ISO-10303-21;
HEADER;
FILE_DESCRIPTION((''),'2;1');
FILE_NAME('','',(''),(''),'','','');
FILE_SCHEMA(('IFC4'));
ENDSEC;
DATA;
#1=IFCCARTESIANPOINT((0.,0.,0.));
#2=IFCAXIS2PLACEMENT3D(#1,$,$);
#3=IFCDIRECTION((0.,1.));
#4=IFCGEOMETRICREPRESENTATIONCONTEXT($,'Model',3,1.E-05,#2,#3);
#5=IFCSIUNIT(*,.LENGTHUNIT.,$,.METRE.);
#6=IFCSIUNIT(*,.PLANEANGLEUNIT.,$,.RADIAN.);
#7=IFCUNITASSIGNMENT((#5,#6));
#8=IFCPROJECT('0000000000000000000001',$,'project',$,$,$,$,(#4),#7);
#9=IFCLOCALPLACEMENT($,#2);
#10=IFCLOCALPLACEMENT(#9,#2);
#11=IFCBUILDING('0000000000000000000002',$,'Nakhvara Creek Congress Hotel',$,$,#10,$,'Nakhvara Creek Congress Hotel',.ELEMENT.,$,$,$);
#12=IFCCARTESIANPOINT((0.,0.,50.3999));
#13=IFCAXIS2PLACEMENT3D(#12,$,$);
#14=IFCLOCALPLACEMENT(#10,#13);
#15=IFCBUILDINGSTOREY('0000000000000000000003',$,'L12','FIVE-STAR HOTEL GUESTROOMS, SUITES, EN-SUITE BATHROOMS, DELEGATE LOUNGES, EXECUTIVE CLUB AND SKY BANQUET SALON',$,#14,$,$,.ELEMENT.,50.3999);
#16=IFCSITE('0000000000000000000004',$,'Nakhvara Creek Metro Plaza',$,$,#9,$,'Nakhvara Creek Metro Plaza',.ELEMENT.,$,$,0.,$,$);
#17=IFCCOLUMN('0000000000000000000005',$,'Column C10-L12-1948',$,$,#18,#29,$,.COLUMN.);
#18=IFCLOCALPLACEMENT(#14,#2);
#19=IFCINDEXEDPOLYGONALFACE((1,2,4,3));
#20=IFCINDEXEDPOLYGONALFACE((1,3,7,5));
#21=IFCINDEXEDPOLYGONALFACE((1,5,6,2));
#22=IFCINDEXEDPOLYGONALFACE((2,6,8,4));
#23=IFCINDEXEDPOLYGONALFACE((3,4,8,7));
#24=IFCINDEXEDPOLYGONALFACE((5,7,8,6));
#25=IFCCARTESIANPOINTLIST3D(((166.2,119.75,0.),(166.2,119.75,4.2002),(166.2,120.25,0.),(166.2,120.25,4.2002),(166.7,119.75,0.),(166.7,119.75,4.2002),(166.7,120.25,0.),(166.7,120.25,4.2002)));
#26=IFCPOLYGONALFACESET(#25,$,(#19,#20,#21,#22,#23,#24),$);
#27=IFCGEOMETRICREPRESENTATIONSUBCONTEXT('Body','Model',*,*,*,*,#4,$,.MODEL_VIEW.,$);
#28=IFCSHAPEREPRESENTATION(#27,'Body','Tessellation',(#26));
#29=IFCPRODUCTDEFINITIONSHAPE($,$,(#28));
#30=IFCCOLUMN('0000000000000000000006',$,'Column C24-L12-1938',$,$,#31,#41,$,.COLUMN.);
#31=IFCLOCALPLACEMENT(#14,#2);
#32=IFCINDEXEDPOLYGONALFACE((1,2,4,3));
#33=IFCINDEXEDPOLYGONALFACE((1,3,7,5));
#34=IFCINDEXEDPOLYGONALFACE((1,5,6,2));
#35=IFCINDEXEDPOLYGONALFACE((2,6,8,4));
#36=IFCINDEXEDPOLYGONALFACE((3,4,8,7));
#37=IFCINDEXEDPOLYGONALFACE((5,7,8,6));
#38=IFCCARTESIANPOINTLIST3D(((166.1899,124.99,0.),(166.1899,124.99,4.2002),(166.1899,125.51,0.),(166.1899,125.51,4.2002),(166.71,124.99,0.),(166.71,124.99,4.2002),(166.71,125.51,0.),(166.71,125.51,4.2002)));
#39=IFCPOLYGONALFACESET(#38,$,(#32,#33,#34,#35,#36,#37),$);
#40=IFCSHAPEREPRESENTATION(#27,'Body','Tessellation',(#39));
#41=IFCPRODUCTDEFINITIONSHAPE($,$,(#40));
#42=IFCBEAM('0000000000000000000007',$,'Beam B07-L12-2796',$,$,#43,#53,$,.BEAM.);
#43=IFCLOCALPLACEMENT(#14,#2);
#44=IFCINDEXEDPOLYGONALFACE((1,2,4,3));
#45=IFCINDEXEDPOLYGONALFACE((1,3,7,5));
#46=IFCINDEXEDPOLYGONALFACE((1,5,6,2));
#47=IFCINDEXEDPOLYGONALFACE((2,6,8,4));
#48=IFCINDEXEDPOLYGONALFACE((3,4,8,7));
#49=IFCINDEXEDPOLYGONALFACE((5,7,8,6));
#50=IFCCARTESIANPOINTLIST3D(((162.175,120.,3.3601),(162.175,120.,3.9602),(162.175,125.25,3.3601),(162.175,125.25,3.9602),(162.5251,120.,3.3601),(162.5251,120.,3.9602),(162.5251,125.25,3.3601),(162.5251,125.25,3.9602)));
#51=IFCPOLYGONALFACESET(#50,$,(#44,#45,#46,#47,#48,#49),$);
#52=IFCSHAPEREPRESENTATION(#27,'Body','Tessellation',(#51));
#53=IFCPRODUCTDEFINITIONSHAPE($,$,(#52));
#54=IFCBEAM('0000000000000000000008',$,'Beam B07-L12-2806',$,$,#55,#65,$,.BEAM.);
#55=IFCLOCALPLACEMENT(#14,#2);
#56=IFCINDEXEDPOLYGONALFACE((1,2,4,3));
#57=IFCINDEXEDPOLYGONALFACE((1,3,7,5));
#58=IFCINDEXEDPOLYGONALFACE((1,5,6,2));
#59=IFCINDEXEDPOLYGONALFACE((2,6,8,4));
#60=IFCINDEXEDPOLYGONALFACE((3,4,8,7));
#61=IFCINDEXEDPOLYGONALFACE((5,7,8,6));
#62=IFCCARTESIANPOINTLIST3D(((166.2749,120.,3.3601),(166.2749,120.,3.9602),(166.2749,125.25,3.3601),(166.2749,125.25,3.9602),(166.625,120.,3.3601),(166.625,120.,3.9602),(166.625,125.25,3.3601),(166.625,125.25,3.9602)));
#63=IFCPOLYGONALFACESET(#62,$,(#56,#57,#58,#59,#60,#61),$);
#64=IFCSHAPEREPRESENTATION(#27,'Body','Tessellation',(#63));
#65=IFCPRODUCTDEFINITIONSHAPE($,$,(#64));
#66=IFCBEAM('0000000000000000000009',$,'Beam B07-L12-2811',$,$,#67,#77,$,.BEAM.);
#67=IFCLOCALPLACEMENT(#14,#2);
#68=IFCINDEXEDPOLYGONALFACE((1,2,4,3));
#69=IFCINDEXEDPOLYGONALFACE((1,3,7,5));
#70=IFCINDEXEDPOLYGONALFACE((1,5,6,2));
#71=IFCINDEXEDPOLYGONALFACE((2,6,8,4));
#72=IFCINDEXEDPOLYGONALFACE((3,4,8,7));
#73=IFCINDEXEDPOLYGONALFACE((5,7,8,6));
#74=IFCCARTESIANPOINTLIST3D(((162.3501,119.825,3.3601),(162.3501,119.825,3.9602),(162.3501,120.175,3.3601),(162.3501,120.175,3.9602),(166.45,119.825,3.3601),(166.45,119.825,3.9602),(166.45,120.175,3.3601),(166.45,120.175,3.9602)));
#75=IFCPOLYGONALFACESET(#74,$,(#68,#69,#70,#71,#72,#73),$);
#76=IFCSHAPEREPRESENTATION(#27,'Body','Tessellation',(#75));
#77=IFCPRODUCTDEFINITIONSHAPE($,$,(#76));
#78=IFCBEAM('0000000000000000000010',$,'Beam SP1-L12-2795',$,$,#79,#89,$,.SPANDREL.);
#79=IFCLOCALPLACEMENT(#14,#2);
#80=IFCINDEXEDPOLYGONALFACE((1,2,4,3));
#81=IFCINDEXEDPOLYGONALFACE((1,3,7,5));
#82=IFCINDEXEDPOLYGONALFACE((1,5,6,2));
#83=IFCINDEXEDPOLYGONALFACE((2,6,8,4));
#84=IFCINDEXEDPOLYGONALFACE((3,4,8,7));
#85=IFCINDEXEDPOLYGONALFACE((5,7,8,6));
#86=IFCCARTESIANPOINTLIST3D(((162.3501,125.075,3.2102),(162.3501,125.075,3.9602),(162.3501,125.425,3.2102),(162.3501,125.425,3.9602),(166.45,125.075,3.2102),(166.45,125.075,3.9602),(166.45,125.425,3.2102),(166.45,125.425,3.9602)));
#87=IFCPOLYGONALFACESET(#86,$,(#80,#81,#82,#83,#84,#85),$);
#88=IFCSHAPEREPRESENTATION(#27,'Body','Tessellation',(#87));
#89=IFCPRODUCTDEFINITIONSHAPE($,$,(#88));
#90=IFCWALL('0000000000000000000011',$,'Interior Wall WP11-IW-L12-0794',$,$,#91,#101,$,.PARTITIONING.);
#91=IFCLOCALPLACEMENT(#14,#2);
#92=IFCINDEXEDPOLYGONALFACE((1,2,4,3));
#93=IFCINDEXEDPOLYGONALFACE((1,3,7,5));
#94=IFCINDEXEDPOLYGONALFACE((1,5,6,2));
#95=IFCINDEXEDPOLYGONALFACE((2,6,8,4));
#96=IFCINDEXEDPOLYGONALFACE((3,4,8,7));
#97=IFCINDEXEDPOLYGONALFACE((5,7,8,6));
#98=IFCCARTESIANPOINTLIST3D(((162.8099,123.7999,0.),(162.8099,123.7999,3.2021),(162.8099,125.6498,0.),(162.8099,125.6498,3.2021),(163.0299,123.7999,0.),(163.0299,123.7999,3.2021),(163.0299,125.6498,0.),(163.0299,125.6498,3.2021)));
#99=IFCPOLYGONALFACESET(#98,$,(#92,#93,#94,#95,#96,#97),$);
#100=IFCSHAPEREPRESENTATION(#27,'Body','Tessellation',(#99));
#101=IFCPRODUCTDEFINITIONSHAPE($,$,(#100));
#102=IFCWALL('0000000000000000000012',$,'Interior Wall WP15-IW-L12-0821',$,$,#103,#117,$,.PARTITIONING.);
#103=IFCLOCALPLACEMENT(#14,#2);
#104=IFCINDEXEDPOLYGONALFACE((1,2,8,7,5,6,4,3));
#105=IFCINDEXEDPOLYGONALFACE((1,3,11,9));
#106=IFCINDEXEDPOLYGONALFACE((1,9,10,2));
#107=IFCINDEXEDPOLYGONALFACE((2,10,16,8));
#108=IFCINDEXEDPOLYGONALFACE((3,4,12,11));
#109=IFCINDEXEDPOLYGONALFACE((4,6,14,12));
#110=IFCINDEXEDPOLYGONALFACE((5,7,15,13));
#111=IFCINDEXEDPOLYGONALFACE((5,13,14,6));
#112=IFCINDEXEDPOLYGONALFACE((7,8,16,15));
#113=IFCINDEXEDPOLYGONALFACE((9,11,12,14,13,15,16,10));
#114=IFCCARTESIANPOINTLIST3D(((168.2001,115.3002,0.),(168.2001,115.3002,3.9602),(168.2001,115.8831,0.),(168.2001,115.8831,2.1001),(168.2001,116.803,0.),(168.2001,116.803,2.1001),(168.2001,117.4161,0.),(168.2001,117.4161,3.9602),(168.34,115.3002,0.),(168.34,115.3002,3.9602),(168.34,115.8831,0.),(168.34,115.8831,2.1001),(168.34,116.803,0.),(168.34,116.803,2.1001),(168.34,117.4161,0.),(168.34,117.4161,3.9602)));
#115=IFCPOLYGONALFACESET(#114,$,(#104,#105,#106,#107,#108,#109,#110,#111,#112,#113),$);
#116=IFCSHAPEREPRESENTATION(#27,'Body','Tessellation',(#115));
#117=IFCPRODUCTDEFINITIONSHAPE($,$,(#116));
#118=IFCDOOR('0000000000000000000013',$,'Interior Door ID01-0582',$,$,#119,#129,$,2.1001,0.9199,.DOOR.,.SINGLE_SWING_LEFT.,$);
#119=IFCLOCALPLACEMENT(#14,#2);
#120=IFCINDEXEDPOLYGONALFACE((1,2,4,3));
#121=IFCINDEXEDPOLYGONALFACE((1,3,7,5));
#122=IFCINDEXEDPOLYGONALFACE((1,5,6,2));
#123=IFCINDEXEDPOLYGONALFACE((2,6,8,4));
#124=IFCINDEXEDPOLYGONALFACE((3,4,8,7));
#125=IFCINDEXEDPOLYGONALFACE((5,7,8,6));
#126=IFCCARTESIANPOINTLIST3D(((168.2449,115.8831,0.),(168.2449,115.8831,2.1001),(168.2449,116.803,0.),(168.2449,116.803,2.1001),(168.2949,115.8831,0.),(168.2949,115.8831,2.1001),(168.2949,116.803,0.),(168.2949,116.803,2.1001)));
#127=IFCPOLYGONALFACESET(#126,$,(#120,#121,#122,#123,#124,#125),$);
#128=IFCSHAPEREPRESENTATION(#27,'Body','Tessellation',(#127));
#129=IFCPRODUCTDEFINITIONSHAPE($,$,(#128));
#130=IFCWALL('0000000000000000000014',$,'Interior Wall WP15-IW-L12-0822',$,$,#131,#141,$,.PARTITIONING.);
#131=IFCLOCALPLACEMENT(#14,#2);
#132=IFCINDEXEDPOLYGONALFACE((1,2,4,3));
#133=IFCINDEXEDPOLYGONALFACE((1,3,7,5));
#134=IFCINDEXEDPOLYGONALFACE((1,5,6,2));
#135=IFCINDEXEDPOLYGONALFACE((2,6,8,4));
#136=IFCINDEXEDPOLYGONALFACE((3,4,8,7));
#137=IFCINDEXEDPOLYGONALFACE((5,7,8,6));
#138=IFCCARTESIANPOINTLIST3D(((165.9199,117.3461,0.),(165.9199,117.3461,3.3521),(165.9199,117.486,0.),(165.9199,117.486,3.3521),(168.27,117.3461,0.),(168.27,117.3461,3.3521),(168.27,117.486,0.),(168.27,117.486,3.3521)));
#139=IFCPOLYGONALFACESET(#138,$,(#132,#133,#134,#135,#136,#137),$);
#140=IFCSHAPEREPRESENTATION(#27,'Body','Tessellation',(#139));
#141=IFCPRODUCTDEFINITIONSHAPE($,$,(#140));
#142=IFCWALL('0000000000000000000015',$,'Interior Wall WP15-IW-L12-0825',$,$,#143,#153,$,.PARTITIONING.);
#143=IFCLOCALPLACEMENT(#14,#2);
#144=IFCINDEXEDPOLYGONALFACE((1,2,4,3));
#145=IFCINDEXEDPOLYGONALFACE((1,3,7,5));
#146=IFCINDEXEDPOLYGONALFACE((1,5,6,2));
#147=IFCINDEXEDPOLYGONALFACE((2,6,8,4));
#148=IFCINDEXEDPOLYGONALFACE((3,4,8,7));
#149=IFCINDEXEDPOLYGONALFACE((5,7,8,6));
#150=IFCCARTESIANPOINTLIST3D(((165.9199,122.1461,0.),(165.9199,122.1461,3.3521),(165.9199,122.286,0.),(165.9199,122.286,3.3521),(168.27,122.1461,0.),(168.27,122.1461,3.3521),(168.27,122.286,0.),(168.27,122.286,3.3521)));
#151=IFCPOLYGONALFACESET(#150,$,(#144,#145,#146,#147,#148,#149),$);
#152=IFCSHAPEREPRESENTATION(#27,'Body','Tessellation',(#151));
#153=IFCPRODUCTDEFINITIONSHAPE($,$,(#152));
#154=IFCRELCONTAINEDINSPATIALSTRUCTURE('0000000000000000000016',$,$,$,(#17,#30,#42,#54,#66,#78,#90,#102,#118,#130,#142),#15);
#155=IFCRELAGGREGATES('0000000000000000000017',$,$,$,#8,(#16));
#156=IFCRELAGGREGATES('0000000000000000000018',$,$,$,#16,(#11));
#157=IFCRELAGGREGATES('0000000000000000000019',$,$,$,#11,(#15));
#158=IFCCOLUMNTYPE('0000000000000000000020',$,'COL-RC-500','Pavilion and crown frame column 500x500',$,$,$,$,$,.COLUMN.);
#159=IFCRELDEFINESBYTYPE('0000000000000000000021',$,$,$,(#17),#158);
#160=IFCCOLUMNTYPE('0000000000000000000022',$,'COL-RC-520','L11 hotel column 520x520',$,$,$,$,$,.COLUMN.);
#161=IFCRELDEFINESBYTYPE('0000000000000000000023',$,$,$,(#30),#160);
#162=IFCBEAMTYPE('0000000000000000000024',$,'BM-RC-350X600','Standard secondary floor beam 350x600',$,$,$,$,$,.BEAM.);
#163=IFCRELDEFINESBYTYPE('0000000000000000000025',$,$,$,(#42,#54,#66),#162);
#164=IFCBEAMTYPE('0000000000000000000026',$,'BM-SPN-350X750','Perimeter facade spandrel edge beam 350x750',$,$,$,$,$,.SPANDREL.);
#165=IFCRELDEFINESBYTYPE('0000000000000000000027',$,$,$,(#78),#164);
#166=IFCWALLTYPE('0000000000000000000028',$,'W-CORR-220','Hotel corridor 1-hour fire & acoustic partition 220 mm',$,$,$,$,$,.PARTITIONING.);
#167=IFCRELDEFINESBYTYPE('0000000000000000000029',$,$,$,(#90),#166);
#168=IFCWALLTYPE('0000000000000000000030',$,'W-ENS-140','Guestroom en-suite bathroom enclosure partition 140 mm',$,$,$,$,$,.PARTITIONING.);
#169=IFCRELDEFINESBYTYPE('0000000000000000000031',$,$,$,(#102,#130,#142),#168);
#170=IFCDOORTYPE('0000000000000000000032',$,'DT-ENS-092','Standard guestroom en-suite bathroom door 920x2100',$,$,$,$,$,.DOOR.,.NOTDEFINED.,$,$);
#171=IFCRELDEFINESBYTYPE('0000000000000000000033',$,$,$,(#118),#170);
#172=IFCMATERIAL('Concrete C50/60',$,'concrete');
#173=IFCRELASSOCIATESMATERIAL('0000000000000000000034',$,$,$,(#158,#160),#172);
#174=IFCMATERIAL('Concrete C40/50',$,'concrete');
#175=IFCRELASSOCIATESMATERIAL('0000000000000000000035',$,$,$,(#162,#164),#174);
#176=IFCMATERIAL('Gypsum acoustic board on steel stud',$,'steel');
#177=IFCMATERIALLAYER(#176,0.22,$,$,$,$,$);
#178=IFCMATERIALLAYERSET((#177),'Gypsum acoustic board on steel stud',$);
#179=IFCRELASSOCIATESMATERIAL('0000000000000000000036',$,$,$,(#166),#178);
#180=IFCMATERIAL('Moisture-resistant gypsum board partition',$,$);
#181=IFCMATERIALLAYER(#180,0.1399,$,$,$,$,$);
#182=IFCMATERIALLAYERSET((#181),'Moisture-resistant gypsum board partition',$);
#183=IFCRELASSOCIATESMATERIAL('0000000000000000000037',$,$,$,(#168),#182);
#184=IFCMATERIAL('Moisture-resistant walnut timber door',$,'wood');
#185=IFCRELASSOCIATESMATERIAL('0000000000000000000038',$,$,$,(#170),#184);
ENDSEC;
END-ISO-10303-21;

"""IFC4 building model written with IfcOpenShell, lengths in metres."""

from ifc_helpers import new_model, si_unit, direction, frame, frame_2d, origin, origin_2d, place, context, subcontext, project, spatial, rectangle, extrude, material, layer, layer_set, material_profile, profile_set, type_object, element, fill, save


model = new_model("IFC4")

# Units and contexts
model_context = context("Model", 3, precision=1e-05, world=origin(), true_north=direction((0.0, 1.0)))
body_context = subcontext(model_context, "Body", "Model", "MODEL_VIEW")
ifc_project = project(units=[si_unit("LENGTHUNIT", "METRE"), si_unit("PLANEANGLEUNIT", "RADIAN")], contexts=[model_context])

# Site, building, storey
site_placement = place(None, origin())
site = spatial("IfcSite", under=ifc_project, at=site_placement, Name="Nakhvara Creek Metro Plaza", LongName="Nakhvara Creek Metro Plaza", CompositionType="ELEMENT", RefElevation=0.0)
building_placement = place(site_placement, origin())
building = spatial("IfcBuilding", under=site, at=building_placement, Name="Nakhvara Creek Congress Hotel", LongName="Nakhvara Creek Congress Hotel", CompositionType="ELEMENT")
storey_placement = place(building_placement, frame((0.0, 0.0, 50.3999)))
storey = spatial("IfcBuildingStorey", under=building, at=storey_placement, Name="L12", Description="FIVE-STAR HOTEL GUESTROOMS, SUITES, EN-SUITE BATHROOMS, DELEGATE LOUNGES, EXECUTIVE CLUB AND SKY BANQUET SALON", CompositionType="ELEMENT", Elevation=50.3999)

# Columns
ifc_material_1 = material(Name="Concrete C50/60", Category="concrete")
ifc_material_profile_1 = material_profile(ifc_material_1, rectangle(XDim=0.5, YDim=0.5, at=origin_2d()), Name="RC-COL 500x500", Category="LoadBearing")
ifc_profile_set_1 = profile_set([ifc_material_profile_1], Name="Concrete C50/60")
column_type_1 = type_object("IfcColumnType", Name="COL-RC-500", Description="Pavilion and crown frame column 500x500", PredefinedType="COLUMN", material=ifc_profile_set_1)
column_1_placement = place(storey_placement, frame((166.45, 120.0, 0.0), z_axis=(0.0, 0.0, 1.0), x_axis=(1.0, 0.0, 0.0)))
element("IfcColumn", 1, at=column_1_placement, inside=storey, type_object=column_type_1, Name="Column C10-L12-1948", PredefinedType="COLUMN", context=body_context, shape_type="SweptSolid", body=[
    extrude(rectangle(XDim=0.5, YDim=0.5, at=origin_2d()), origin(), (0.0, 0.0, 1.0), 4.2002),
])
ifc_material_profile_2 = material_profile(ifc_material_1, rectangle(XDim=0.52, YDim=0.52, at=origin_2d()), Name="RC-COL 520x520", Category="LoadBearing")
ifc_profile_set_2 = profile_set([ifc_material_profile_2], Name="Concrete C50/60")
column_type_2 = type_object("IfcColumnType", Name="COL-RC-520", Description="L11 hotel column 520x520", PredefinedType="COLUMN", material=ifc_profile_set_2)
column_2_placement = place(storey_placement, frame((166.45, 125.25, 0.0), z_axis=(0.0, 0.0, 1.0), x_axis=(1.0, 0.0, 0.0)))
element("IfcColumn", 2, at=column_2_placement, inside=storey, type_object=column_type_2, Name="Column C24-L12-1938", PredefinedType="COLUMN", context=body_context, shape_type="SweptSolid", body=[
    extrude(rectangle(XDim=0.52, YDim=0.52, at=origin_2d()), origin(), (0.0, 0.0, 1.0), 4.2002),
])

# Beams
ifc_material_2 = material(Name="Concrete C40/50", Category="concrete")
ifc_material_profile_3 = material_profile(ifc_material_2, rectangle(XDim=0.3501, YDim=0.6001, at=origin_2d()), Name="RC-BM 350x600", Category="LoadBearing")
ifc_profile_set_3 = profile_set([ifc_material_profile_3], Name="Concrete C40/50")
beam_type_1 = type_object("IfcBeamType", Name="BM-RC-350X600", Description="Standard secondary floor beam 350x600", PredefinedType="BEAM", material=ifc_profile_set_3)
for number, where, z_axis, x_axis, name in (
    (3, (162.3501, 120.0, 3.6602), (0.0, 1.0, 0.0), (-1.0, 0.0, 0.0), "Beam B07-L12-2796"),
    (4, (166.45, 120.0, 3.6602), (0.0, 1.0, 0.0), (-1.0, 0.0, 0.0), "Beam B07-L12-2806"),
):
    element("IfcBeam", number, at=place(storey_placement, frame(where, z_axis=z_axis, x_axis=x_axis)), inside=storey, type_object=beam_type_1, Name=name, PredefinedType="BEAM", context=body_context, shape_type="SweptSolid", body=[
        extrude(rectangle(XDim=0.3501, YDim=0.6001, at=origin_2d()), origin(), (0.0, 0.0, 1.0), 5.25),
    ])
beam_1_placement = place(storey_placement, frame((162.3501, 120.0, 3.6602), z_axis=(1.0, 0.0, 0.0), x_axis=(0.0, 1.0, 0.0)))
element("IfcBeam", 5, at=beam_1_placement, inside=storey, type_object=beam_type_1, Name="Beam B07-L12-2811", PredefinedType="BEAM", context=body_context, shape_type="SweptSolid", body=[
    extrude(rectangle(XDim=0.3501, YDim=0.6001, at=origin_2d()), origin(), (0.0, 0.0, 1.0), 4.0999),
])
ifc_material_profile_4 = material_profile(ifc_material_2, rectangle(XDim=0.3501, YDim=0.75, at=origin_2d()), Name="RC-SPANDREL 350x750", Category="LoadBearing")
ifc_profile_set_4 = profile_set([ifc_material_profile_4], Name="Concrete C40/50")
beam_type_2 = type_object("IfcBeamType", Name="BM-SPN-350X750", Description="Perimeter facade spandrel edge beam 350x750", PredefinedType="SPANDREL", material=ifc_profile_set_4)
beam_2_placement = place(storey_placement, frame((162.3501, 125.25, 3.5852), z_axis=(1.0, 0.0, 0.0), x_axis=(0.0, 1.0, 0.0)))
element("IfcBeam", 6, at=beam_2_placement, inside=storey, type_object=beam_type_2, Name="Beam SP1-L12-2795", PredefinedType="SPANDREL", context=body_context, shape_type="SweptSolid", body=[
    extrude(rectangle(XDim=0.3501, YDim=0.75, at=origin_2d()), origin(), (0.0, 0.0, 1.0), 4.0999),
])

# Wall
ifc_material_3 = material(Name="Gypsum acoustic board on steel stud", Category="steel")
ifc_layer_1 = layer(ifc_material_3, 0.22)
ifc_layer_set_1 = layer_set([ifc_layer_1], Name="Gypsum acoustic board on steel stud")
wall_type_1 = type_object("IfcWallType", Name="W-CORR-220", Description="Hotel corridor 1-hour fire & acoustic partition 220 mm", PredefinedType="PARTITIONING", material=ifc_layer_set_1)
wall_1_placement = place(storey_placement, frame((162.9199, 123.8, 0.0), z_axis=(0.0, 0.0, 1.0), x_axis=(0.0, 1.0, 0.0)))
element("IfcWall", 7, at=wall_1_placement, inside=storey, type_object=wall_type_1, Name="Interior Wall WP11-IW-L12-0794", PredefinedType="PARTITIONING", context=body_context, shape_type="SweptSolid", body=[
    extrude(rectangle(XDim=1.8499, YDim=0.22, at=frame_2d((0.9248, 0.0))), origin(), (0.0, 0.0, 1.0), 3.2021),
])

# Wall, opening, door
ifc_material_4 = material(Name="Moisture-resistant gypsum board partition")
ifc_layer_2 = layer(ifc_material_4, 0.1399)
ifc_layer_set_2 = layer_set([ifc_layer_2], Name="Moisture-resistant gypsum board partition")
wall_type_2 = type_object("IfcWallType", Name="W-ENS-140", Description="Guestroom en-suite bathroom enclosure partition 140 mm", PredefinedType="PARTITIONING", material=ifc_layer_set_2)
wall_2_placement = place(storey_placement, frame((168.27, 115.3, 0.0), z_axis=(0.0, 0.0, 1.0), x_axis=(0.0, 1.0, 0.0)))
wall_2 = element("IfcWall", 8, at=wall_2_placement, inside=storey, type_object=wall_type_2, Name="Interior Wall WP15-IW-L12-0821", PredefinedType="PARTITIONING", context=body_context, shape_type="SweptSolid", body=[
    extrude(rectangle(XDim=2.116, YDim=0.1399, at=frame_2d((1.0581, 0.0))), origin(), (0.0, 0.0, 1.0), 3.9602),
])
opening_1_placement = place(wall_2_placement, frame((0.583, 0.0, 0.0)))
opening_1 = element("IfcOpeningElement", 9, at=opening_1_placement, cuts=wall_2, PredefinedType="OPENING", context=body_context, shape_type="SweptSolid", body=[
    extrude(rectangle(XDim=0.9199, YDim=2.1001, at=frame_2d((0.46, 1.05))), frame((0.0, 0.082, 0.0), z_axis=(0.0, -1.0, 0.0), x_axis=(1.0, 0.0, 0.0)), (0.0, 0.0, 1.0), 0.1638),
])
ifc_material_5 = material(Name="Moisture-resistant walnut timber door", Category="wood")
door_type_1 = type_object("IfcDoorType", Name="DT-ENS-092", Description="Standard guestroom en-suite bathroom door 920x2100", OperationType="NOTDEFINED", PredefinedType="DOOR", material=ifc_material_5)
door_1_placement = place(opening_1_placement, frame((0.9199, 0.0, 0.0), z_axis=(0.0, 0.0, 1.0), x_axis=(-1.0, 0.0, 0.0)))
door_1 = element("IfcDoor", 10, at=door_1_placement, inside=storey, type_object=door_type_1, Name="Interior Door ID01-0582", OperationType="SINGLE_SWING_LEFT", OverallHeight=2.1001, OverallWidth=0.9199, PredefinedType="DOOR", context=body_context, shape_type="SweptSolid", body=[
    extrude(rectangle(XDim=0.9199, YDim=2.1001, at=frame_2d((0.46, 1.05))), frame((0.0, 0.0249, 0.0), z_axis=(0.0, -1.0, 0.0), x_axis=(1.0, 0.0, 0.0)), (0.0, 0.0, 1.0), 0.05),
])
fill(opening_1, door_1)

# Wall
wall_3_placement = place(storey_placement, frame((165.9199, 117.416, 0.0), z_axis=(0.0, 0.0, 1.0), x_axis=(1.0, 0.0, 0.0)))
element("IfcWall", 11, at=wall_3_placement, inside=storey, type_object=wall_type_2, Name="Interior Wall WP15-IW-L12-0822", PredefinedType="PARTITIONING", context=body_context, shape_type="SweptSolid", body=[
    extrude(rectangle(XDim=2.3501, YDim=0.1399, at=frame_2d((1.175, 0.0))), origin(), (0.0, 0.0, 1.0), 3.3521),
])

# Wall
wall_4_placement = place(storey_placement, frame((165.9199, 122.2161, 0.0), z_axis=(0.0, 0.0, 1.0), x_axis=(1.0, 0.0, 0.0)))
element("IfcWall", 12, at=wall_4_placement, inside=storey, type_object=wall_type_2, Name="Interior Wall WP15-IW-L12-0825", PredefinedType="PARTITIONING", context=body_context, shape_type="SweptSolid", body=[
    extrude(rectangle(XDim=2.3501, YDim=0.1399, at=frame_2d((1.175, 0.0))), origin(), (0.0, 0.0, 1.0), 3.3521),
])

save(model, "model.ifc")
